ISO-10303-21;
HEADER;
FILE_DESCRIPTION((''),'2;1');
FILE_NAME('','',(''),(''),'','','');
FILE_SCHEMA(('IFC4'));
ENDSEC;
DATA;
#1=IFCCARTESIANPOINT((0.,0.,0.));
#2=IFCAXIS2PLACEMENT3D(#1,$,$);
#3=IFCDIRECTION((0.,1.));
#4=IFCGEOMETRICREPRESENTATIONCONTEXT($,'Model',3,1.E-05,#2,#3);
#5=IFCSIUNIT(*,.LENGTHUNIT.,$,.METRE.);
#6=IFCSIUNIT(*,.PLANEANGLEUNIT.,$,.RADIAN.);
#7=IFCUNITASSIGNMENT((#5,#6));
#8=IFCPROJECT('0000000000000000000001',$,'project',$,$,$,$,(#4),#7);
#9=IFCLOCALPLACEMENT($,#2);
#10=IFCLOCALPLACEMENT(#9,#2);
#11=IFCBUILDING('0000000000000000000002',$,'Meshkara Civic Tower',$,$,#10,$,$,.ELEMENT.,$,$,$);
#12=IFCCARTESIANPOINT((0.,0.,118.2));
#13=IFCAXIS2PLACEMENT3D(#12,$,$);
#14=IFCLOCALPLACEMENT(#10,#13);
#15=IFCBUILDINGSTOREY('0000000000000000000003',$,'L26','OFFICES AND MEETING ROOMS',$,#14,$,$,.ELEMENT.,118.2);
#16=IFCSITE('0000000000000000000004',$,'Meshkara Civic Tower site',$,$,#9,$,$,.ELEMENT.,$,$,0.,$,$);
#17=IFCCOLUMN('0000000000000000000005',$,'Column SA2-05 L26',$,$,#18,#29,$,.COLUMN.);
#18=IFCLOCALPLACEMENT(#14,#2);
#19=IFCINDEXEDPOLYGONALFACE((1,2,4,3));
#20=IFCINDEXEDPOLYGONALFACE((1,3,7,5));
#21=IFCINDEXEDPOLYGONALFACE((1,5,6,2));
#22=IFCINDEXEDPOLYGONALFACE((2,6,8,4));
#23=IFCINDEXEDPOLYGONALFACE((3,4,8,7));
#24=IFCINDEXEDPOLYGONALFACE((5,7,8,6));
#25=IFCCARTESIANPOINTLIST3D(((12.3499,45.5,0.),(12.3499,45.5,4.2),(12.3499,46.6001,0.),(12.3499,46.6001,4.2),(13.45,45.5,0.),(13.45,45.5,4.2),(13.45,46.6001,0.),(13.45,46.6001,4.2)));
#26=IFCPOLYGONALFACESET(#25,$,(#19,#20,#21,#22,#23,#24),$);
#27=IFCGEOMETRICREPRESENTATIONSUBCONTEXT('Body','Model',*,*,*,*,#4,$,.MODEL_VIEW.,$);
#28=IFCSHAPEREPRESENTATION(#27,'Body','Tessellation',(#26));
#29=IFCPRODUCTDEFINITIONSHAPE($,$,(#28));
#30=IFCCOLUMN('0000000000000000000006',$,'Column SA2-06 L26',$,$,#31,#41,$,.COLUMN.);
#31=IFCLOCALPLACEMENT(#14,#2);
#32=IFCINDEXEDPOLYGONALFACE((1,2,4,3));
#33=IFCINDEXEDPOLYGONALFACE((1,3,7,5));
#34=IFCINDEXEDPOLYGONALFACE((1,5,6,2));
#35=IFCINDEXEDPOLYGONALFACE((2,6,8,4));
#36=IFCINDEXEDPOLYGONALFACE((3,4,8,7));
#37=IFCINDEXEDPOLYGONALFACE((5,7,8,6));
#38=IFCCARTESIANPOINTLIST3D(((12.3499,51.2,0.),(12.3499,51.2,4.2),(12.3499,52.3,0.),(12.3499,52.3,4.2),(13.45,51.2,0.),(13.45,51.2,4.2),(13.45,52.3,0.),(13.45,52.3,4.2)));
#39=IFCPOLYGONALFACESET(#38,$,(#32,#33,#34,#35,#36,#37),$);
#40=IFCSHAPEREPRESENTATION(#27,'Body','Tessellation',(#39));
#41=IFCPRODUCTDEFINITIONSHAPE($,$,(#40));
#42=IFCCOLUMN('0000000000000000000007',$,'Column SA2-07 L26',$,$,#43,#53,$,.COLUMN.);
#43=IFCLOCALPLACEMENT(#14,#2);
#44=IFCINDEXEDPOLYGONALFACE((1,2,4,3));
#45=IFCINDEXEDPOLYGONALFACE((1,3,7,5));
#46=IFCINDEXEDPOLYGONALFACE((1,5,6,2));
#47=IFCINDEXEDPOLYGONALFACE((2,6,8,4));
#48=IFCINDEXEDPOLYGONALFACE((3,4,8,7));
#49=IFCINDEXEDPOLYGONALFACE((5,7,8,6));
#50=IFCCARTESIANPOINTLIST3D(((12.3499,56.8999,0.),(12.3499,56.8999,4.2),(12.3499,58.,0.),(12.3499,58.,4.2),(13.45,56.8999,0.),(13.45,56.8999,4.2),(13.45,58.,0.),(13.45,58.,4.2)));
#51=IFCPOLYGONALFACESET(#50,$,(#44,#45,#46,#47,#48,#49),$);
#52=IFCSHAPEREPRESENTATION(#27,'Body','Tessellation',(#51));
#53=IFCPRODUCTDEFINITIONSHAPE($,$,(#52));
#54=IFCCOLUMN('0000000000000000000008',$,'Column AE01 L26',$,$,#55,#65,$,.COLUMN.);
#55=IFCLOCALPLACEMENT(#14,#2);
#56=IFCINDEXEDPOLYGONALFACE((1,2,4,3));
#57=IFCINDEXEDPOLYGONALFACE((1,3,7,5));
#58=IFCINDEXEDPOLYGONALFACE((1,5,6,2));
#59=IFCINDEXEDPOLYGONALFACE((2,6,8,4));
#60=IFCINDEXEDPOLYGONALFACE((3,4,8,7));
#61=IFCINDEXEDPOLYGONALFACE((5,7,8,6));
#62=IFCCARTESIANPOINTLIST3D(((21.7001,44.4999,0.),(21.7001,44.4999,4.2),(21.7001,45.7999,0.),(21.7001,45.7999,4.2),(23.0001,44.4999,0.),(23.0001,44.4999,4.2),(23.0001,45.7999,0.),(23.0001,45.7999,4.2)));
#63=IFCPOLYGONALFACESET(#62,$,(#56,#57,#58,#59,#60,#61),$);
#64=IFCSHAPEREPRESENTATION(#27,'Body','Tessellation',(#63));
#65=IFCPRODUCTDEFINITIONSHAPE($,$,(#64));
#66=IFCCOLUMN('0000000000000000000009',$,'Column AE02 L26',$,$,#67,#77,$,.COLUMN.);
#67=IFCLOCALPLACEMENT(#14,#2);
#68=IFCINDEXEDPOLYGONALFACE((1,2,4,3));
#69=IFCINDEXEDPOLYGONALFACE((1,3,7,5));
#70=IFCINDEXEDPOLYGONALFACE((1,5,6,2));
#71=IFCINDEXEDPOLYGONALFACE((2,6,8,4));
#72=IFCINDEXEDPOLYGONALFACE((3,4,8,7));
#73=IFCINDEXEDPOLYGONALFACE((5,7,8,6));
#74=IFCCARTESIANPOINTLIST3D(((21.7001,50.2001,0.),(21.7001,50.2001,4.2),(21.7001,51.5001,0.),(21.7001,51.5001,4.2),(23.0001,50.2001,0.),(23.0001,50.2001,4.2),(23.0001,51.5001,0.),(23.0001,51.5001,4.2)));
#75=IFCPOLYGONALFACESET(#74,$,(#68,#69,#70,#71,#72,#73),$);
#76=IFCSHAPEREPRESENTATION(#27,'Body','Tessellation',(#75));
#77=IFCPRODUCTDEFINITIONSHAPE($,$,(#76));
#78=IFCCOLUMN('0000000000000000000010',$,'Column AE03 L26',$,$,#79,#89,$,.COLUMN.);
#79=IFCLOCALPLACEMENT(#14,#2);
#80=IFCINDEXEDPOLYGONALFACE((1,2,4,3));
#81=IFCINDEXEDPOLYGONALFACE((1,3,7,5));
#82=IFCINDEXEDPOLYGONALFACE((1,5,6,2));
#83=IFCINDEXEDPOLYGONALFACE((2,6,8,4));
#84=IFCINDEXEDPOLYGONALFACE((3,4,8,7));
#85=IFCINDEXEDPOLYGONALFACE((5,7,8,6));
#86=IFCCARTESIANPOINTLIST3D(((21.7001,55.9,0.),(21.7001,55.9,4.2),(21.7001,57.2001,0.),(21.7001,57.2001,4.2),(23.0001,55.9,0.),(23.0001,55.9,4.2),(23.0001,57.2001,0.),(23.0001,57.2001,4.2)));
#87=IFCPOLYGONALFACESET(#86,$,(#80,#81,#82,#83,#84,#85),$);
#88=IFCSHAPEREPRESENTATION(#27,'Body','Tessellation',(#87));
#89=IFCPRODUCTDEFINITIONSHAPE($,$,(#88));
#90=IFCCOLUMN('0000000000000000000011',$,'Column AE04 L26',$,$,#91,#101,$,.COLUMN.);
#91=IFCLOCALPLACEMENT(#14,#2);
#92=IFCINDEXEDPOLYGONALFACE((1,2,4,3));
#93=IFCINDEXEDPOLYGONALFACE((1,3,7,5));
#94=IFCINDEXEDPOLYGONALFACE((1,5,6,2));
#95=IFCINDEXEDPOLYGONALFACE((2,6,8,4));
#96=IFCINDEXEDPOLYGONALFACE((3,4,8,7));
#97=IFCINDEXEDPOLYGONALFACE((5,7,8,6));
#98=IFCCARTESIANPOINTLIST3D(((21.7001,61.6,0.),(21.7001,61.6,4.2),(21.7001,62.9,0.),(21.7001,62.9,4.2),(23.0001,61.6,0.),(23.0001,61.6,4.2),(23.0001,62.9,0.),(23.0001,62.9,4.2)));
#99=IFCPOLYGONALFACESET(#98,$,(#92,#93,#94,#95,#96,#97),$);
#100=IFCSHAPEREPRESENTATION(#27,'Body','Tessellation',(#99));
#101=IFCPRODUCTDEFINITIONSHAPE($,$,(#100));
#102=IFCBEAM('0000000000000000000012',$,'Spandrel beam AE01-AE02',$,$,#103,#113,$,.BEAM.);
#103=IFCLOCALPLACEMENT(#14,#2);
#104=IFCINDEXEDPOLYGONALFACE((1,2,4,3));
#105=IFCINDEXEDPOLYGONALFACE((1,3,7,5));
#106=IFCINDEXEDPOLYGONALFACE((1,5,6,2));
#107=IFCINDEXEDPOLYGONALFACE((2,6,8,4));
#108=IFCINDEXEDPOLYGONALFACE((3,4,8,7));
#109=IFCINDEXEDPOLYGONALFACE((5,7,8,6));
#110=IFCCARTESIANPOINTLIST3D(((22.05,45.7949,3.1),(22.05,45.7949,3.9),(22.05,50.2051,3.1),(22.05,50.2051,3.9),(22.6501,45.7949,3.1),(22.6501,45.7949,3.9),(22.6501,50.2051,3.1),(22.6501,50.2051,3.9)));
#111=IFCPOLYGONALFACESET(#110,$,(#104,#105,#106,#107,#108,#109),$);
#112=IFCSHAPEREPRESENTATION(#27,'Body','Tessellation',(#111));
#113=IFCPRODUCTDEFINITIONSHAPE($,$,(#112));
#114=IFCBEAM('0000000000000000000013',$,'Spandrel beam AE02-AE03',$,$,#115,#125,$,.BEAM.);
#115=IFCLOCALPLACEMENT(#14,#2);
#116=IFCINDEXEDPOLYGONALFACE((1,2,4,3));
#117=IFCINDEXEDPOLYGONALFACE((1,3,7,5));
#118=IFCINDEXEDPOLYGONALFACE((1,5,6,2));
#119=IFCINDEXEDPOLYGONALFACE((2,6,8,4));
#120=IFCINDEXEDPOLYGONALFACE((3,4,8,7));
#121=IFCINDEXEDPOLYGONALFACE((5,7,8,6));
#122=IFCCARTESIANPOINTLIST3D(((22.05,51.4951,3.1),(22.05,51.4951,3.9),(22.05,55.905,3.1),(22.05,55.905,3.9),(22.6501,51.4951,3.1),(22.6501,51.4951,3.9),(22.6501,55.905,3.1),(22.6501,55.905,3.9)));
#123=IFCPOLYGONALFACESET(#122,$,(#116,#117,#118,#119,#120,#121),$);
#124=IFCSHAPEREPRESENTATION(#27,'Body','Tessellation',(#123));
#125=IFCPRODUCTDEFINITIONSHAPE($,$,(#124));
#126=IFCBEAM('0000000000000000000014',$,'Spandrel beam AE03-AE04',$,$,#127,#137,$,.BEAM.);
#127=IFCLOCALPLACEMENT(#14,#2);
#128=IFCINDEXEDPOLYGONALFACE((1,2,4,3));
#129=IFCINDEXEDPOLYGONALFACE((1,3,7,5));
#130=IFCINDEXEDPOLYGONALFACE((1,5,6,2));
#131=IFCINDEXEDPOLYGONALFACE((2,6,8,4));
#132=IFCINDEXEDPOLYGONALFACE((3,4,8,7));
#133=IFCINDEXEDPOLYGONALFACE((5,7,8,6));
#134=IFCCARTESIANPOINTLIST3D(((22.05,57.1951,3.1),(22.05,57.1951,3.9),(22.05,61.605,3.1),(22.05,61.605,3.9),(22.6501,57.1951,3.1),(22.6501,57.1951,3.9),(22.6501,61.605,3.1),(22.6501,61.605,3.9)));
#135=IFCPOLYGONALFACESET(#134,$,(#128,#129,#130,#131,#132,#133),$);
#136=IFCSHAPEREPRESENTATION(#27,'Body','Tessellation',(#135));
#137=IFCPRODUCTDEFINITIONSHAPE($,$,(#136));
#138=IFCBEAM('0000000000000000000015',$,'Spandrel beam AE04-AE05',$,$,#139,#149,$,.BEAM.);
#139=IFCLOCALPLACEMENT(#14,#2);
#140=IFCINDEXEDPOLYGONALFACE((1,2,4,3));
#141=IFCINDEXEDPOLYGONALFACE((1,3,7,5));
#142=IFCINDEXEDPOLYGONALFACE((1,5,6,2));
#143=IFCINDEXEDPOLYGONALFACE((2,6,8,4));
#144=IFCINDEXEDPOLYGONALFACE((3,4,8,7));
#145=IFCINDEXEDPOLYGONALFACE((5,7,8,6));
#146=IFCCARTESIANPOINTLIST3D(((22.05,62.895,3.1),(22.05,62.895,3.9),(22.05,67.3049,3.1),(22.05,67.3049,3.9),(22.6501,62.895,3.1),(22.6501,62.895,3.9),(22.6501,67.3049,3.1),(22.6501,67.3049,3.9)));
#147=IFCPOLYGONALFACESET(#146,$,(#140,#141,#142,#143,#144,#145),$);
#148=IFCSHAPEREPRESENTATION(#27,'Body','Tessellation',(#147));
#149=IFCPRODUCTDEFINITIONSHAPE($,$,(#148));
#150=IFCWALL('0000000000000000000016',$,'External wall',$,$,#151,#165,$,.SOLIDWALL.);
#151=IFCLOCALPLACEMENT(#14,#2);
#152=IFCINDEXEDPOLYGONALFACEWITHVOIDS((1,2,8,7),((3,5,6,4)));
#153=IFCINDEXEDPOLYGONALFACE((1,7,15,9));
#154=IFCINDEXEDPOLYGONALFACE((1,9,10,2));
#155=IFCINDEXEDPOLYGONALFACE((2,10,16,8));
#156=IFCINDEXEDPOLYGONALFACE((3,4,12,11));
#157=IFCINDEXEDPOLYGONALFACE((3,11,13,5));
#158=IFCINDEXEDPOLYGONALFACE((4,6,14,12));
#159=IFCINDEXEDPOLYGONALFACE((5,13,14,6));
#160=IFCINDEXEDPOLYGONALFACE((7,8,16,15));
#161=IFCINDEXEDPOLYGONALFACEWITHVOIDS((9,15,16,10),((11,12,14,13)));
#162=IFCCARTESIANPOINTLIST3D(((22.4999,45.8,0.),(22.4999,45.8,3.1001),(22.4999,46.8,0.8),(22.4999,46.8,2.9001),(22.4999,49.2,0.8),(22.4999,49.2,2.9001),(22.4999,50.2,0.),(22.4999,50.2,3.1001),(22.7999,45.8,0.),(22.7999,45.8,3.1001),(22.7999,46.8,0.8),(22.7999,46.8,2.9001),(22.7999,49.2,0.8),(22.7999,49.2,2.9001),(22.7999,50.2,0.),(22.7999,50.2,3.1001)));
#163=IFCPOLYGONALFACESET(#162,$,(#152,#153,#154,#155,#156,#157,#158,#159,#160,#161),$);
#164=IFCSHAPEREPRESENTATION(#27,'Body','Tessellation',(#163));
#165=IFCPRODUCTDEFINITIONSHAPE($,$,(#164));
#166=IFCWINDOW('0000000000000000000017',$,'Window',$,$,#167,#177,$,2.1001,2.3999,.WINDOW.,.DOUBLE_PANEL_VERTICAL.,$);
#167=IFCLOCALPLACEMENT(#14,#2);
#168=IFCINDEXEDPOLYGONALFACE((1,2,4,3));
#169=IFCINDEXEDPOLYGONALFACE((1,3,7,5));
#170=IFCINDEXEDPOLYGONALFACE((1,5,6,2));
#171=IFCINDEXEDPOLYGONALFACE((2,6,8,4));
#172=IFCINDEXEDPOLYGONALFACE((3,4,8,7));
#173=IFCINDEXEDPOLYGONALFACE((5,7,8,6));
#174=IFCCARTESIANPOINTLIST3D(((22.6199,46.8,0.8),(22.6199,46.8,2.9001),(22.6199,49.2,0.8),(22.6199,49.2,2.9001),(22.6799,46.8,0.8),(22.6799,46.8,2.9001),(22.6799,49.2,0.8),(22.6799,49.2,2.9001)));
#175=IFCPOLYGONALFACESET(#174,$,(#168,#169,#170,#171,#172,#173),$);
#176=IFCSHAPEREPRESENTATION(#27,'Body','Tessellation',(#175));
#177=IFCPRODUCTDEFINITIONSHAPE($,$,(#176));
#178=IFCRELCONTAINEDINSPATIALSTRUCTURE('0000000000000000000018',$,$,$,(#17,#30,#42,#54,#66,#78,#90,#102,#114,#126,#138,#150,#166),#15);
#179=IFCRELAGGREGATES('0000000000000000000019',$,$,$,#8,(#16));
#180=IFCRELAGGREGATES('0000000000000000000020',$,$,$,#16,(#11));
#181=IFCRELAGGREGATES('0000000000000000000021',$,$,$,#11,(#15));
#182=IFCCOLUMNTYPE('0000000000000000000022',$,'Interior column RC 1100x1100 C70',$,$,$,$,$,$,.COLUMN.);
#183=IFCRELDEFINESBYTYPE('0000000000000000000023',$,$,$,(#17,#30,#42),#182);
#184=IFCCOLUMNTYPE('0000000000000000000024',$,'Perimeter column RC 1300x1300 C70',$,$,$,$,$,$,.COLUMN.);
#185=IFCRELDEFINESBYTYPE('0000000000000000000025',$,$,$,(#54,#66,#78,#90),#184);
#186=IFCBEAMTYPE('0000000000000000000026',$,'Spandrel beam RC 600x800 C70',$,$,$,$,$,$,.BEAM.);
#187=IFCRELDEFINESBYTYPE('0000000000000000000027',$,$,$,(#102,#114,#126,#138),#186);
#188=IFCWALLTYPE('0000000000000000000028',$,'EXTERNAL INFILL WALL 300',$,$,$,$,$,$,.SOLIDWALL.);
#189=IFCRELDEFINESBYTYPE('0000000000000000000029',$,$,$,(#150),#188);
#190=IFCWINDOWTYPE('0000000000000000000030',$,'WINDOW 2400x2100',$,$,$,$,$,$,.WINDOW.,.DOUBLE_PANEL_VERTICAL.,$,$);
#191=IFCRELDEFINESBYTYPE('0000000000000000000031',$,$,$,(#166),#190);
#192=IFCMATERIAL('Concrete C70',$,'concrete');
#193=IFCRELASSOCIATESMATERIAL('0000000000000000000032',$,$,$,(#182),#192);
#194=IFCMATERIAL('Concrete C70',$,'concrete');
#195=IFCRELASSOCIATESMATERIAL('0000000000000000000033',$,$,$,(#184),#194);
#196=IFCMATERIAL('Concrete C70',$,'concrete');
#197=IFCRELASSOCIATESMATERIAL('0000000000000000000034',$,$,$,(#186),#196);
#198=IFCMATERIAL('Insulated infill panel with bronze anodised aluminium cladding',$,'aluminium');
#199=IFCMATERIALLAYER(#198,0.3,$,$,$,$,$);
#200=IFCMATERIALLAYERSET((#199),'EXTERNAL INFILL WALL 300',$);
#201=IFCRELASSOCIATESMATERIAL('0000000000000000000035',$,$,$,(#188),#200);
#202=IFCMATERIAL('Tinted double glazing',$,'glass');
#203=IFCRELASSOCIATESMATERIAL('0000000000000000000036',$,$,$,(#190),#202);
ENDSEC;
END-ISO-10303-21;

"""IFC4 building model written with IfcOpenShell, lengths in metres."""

from ifc_helpers import new_model, si_unit, direction, frame, frame_2d, origin, origin_2d, place, context, subcontext, project, spatial, rectangle, extrude, material, layer, layer_set, material_profile, profile_set, type_object, element, fill, save


model = new_model("IFC4")

# Units and contexts
model_context = context("Model", 3, precision=1e-05, world=origin(), true_north=direction((0.0, 1.0)))
body_context = subcontext(model_context, "Body", "Model", "MODEL_VIEW")
ifc_project = project(units=[si_unit("LENGTHUNIT", "METRE"), si_unit("PLANEANGLEUNIT", "RADIAN")], contexts=[model_context])

# Site, building, storey
site_placement = place(None, origin())
site = spatial("IfcSite", under=ifc_project, at=site_placement, Name="Meshkara Civic Tower site", CompositionType="ELEMENT", RefElevation=0.0)
building_placement = place(site_placement, origin())
building = spatial("IfcBuilding", under=site, at=building_placement, Name="Meshkara Civic Tower", CompositionType="ELEMENT")
storey_placement = place(building_placement, frame((0.0, 0.0, 118.2)))
storey = spatial("IfcBuildingStorey", under=building, at=storey_placement, Name="L26", Description="OFFICES AND MEETING ROOMS", CompositionType="ELEMENT", Elevation=118.2)

# Columns
ifc_material_1 = material(Name="Concrete C70", Category="concrete")
ifc_material_profile_1 = material_profile(ifc_material_1, rectangle(XDim=1.1001, YDim=1.1001, at=origin_2d()))
ifc_profile_set_1 = profile_set([ifc_material_profile_1], Name="Concrete C70")
column_type_1 = type_object("IfcColumnType", Name="Interior column RC 1100x1100 C70", PredefinedType="COLUMN", material=ifc_profile_set_1)
for number, where, z_axis, x_axis, name in (
    (1, (12.8999, 46.05, 0.0), (0.0, 0.0, 1.0), (1.0, 0.0, 0.0), "Column SA2-05 L26"),
    (2, (12.8999, 51.75, 0.0), (0.0, 0.0, 1.0), (1.0, 0.0, 0.0), "Column SA2-06 L26"),
    (3, (12.8999, 57.45, 0.0), (0.0, 0.0, 1.0), (1.0, 0.0, 0.0), "Column SA2-07 L26"),
):
    element("IfcColumn", number, at=place(storey_placement, frame(where, z_axis=z_axis, x_axis=x_axis)), inside=storey, type_object=column_type_1, Name=name, PredefinedType="COLUMN", context=body_context, shape_type="SweptSolid", body=[
        extrude(rectangle(XDim=1.1001, YDim=1.1001, at=origin_2d()), origin(), (0.0, 0.0, 1.0), 4.2),
    ])
ifc_material_2 = material(Name="Concrete C70", Category="concrete")
ifc_material_profile_2 = material_profile(ifc_material_2, rectangle(XDim=1.3, YDim=1.3, at=origin_2d()))
ifc_profile_set_2 = profile_set([ifc_material_profile_2], Name="Concrete C70")
column_type_2 = type_object("IfcColumnType", Name="Perimeter column RC 1300x1300 C70", PredefinedType="COLUMN", material=ifc_profile_set_2)
for number, where, z_axis, x_axis, name in (
    (4, (22.3501, 45.1499, 0.0), (0.0, 0.0, 1.0), (1.0, 0.0, 0.0), "Column AE01 L26"),
    (5, (22.3501, 50.8501, 0.0), (0.0, 0.0, 1.0), (1.0, 0.0, 0.0), "Column AE02 L26"),
    (6, (22.3501, 56.55, 0.0), (0.0, 0.0, 1.0), (1.0, 0.0, 0.0), "Column AE03 L26"),
    (7, (22.3501, 62.25, 0.0), (0.0, 0.0, 1.0), (1.0, 0.0, 0.0), "Column AE04 L26"),
):
    element("IfcColumn", number, at=place(storey_placement, frame(where, z_axis=z_axis, x_axis=x_axis)), inside=storey, type_object=column_type_2, Name=name, PredefinedType="COLUMN", context=body_context, shape_type="SweptSolid", body=[
        extrude(rectangle(XDim=1.3, YDim=1.3, at=origin_2d()), origin(), (0.0, 0.0, 1.0), 4.2),
    ])

# Beams
ifc_material_3 = material(Name="Concrete C70", Category="concrete")
ifc_material_profile_3 = material_profile(ifc_material_3, rectangle(XDim=0.6001, YDim=0.8, at=origin_2d()))
ifc_profile_set_3 = profile_set([ifc_material_profile_3], Name="Concrete C70")
beam_type = type_object("IfcBeamType", Name="Spandrel beam RC 600x800 C70", PredefinedType="BEAM", material=ifc_profile_set_3)
beam_placement = place(storey_placement, frame((22.3501, 45.7949, 3.5), z_axis=(0.0, 1.0, 0.0), x_axis=(-1.0, 0.0, 0.0)))
element("IfcBeam", 8, at=beam_placement, inside=storey, type_object=beam_type, Name="Spandrel beam AE01-AE02", PredefinedType="BEAM", context=body_context, shape_type="SweptSolid", body=[
    extrude(rectangle(XDim=0.6001, YDim=0.8, at=origin_2d()), origin(), (0.0, 0.0, 1.0), 4.4102),
])
for number, where, z_axis, x_axis, name in (
    (9, (22.3501, 51.4951, 3.5), (0.0, 1.0, 0.0), (-1.0, 0.0, 0.0), "Spandrel beam AE02-AE03"),
    (10, (22.3501, 57.1951, 3.5), (0.0, 1.0, 0.0), (-1.0, 0.0, 0.0), "Spandrel beam AE03-AE04"),
    (11, (22.3501, 62.895, 3.5), (0.0, 1.0, 0.0), (-1.0, 0.0, 0.0), "Spandrel beam AE04-AE05"),
):
    element("IfcBeam", number, at=place(storey_placement, frame(where, z_axis=z_axis, x_axis=x_axis)), inside=storey, type_object=beam_type, Name=name, PredefinedType="BEAM", context=body_context, shape_type="SweptSolid", body=[
        extrude(rectangle(XDim=0.6001, YDim=0.8, at=origin_2d()), origin(), (0.0, 0.0, 1.0), 4.4099),
    ])

# Wall, opening, window
ifc_material_4 = material(Name="Insulated infill panel with bronze anodised aluminium cladding", Category="aluminium")
ifc_layer_1 = layer(ifc_material_4, 0.3)
ifc_layer_set_1 = layer_set([ifc_layer_1], Name="EXTERNAL INFILL WALL 300")
wall_type_1 = type_object("IfcWallType", Name="EXTERNAL INFILL WALL 300", PredefinedType="SOLIDWALL", material=ifc_layer_set_1)
wall_1_placement = place(storey_placement, frame((22.6499, 45.8, 0.0), z_axis=(0.0, 0.0, 1.0), x_axis=(0.0, 1.0, 0.0)))
wall_1 = element("IfcWall", 12, at=wall_1_placement, inside=storey, type_object=wall_type_1, Name="External wall", PredefinedType="SOLIDWALL", context=body_context, shape_type="SweptSolid", body=[
    extrude(rectangle(XDim=4.3999, YDim=0.3, at=frame_2d((2.2, 0.0))), origin(), (0.0, 0.0, 1.0), 3.1001),
])
opening_1_placement = place(wall_1_placement, frame((1.0, 0.0, 0.8)))
opening_1 = element("IfcOpeningElement", 13, at=opening_1_placement, cuts=wall_1, PredefinedType="OPENING", context=body_context, shape_type="SweptSolid", body=[
    extrude(rectangle(XDim=2.3999, YDim=2.1001, at=frame_2d((1.2, 1.05))), frame((0.0, 0.1599, 0.0), z_axis=(0.0, -1.0, 0.0), x_axis=(1.0, 0.0, 0.0)), (0.0, 0.0, 1.0), 0.3201),
])
ifc_material_5 = material(Name="Tinted double glazing", Category="glass")
window_type = type_object("IfcWindowType", Name="WINDOW 2400x2100", PartitioningType="DOUBLE_PANEL_VERTICAL", PredefinedType="WINDOW", material=ifc_material_5)
window_1_placement = place(opening_1_placement, origin())
window_1 = element("IfcWindow", 14, at=window_1_placement, inside=storey, type_object=window_type, Name="Window", OverallHeight=2.1001, OverallWidth=2.3999, PartitioningType="DOUBLE_PANEL_VERTICAL", PredefinedType="WINDOW", context=body_context, shape_type="SweptSolid", body=[
    extrude(rectangle(XDim=2.3999, YDim=2.1001, at=frame_2d((1.2, 1.05))), frame((0.0, 0.03, 0.0), z_axis=(0.0, -1.0, 0.0), x_axis=(1.0, 0.0, 0.0)), (0.0, 0.0, 1.0), 0.0601),
])
fill(opening_1, window_1)

save(model, "model.ifc")
